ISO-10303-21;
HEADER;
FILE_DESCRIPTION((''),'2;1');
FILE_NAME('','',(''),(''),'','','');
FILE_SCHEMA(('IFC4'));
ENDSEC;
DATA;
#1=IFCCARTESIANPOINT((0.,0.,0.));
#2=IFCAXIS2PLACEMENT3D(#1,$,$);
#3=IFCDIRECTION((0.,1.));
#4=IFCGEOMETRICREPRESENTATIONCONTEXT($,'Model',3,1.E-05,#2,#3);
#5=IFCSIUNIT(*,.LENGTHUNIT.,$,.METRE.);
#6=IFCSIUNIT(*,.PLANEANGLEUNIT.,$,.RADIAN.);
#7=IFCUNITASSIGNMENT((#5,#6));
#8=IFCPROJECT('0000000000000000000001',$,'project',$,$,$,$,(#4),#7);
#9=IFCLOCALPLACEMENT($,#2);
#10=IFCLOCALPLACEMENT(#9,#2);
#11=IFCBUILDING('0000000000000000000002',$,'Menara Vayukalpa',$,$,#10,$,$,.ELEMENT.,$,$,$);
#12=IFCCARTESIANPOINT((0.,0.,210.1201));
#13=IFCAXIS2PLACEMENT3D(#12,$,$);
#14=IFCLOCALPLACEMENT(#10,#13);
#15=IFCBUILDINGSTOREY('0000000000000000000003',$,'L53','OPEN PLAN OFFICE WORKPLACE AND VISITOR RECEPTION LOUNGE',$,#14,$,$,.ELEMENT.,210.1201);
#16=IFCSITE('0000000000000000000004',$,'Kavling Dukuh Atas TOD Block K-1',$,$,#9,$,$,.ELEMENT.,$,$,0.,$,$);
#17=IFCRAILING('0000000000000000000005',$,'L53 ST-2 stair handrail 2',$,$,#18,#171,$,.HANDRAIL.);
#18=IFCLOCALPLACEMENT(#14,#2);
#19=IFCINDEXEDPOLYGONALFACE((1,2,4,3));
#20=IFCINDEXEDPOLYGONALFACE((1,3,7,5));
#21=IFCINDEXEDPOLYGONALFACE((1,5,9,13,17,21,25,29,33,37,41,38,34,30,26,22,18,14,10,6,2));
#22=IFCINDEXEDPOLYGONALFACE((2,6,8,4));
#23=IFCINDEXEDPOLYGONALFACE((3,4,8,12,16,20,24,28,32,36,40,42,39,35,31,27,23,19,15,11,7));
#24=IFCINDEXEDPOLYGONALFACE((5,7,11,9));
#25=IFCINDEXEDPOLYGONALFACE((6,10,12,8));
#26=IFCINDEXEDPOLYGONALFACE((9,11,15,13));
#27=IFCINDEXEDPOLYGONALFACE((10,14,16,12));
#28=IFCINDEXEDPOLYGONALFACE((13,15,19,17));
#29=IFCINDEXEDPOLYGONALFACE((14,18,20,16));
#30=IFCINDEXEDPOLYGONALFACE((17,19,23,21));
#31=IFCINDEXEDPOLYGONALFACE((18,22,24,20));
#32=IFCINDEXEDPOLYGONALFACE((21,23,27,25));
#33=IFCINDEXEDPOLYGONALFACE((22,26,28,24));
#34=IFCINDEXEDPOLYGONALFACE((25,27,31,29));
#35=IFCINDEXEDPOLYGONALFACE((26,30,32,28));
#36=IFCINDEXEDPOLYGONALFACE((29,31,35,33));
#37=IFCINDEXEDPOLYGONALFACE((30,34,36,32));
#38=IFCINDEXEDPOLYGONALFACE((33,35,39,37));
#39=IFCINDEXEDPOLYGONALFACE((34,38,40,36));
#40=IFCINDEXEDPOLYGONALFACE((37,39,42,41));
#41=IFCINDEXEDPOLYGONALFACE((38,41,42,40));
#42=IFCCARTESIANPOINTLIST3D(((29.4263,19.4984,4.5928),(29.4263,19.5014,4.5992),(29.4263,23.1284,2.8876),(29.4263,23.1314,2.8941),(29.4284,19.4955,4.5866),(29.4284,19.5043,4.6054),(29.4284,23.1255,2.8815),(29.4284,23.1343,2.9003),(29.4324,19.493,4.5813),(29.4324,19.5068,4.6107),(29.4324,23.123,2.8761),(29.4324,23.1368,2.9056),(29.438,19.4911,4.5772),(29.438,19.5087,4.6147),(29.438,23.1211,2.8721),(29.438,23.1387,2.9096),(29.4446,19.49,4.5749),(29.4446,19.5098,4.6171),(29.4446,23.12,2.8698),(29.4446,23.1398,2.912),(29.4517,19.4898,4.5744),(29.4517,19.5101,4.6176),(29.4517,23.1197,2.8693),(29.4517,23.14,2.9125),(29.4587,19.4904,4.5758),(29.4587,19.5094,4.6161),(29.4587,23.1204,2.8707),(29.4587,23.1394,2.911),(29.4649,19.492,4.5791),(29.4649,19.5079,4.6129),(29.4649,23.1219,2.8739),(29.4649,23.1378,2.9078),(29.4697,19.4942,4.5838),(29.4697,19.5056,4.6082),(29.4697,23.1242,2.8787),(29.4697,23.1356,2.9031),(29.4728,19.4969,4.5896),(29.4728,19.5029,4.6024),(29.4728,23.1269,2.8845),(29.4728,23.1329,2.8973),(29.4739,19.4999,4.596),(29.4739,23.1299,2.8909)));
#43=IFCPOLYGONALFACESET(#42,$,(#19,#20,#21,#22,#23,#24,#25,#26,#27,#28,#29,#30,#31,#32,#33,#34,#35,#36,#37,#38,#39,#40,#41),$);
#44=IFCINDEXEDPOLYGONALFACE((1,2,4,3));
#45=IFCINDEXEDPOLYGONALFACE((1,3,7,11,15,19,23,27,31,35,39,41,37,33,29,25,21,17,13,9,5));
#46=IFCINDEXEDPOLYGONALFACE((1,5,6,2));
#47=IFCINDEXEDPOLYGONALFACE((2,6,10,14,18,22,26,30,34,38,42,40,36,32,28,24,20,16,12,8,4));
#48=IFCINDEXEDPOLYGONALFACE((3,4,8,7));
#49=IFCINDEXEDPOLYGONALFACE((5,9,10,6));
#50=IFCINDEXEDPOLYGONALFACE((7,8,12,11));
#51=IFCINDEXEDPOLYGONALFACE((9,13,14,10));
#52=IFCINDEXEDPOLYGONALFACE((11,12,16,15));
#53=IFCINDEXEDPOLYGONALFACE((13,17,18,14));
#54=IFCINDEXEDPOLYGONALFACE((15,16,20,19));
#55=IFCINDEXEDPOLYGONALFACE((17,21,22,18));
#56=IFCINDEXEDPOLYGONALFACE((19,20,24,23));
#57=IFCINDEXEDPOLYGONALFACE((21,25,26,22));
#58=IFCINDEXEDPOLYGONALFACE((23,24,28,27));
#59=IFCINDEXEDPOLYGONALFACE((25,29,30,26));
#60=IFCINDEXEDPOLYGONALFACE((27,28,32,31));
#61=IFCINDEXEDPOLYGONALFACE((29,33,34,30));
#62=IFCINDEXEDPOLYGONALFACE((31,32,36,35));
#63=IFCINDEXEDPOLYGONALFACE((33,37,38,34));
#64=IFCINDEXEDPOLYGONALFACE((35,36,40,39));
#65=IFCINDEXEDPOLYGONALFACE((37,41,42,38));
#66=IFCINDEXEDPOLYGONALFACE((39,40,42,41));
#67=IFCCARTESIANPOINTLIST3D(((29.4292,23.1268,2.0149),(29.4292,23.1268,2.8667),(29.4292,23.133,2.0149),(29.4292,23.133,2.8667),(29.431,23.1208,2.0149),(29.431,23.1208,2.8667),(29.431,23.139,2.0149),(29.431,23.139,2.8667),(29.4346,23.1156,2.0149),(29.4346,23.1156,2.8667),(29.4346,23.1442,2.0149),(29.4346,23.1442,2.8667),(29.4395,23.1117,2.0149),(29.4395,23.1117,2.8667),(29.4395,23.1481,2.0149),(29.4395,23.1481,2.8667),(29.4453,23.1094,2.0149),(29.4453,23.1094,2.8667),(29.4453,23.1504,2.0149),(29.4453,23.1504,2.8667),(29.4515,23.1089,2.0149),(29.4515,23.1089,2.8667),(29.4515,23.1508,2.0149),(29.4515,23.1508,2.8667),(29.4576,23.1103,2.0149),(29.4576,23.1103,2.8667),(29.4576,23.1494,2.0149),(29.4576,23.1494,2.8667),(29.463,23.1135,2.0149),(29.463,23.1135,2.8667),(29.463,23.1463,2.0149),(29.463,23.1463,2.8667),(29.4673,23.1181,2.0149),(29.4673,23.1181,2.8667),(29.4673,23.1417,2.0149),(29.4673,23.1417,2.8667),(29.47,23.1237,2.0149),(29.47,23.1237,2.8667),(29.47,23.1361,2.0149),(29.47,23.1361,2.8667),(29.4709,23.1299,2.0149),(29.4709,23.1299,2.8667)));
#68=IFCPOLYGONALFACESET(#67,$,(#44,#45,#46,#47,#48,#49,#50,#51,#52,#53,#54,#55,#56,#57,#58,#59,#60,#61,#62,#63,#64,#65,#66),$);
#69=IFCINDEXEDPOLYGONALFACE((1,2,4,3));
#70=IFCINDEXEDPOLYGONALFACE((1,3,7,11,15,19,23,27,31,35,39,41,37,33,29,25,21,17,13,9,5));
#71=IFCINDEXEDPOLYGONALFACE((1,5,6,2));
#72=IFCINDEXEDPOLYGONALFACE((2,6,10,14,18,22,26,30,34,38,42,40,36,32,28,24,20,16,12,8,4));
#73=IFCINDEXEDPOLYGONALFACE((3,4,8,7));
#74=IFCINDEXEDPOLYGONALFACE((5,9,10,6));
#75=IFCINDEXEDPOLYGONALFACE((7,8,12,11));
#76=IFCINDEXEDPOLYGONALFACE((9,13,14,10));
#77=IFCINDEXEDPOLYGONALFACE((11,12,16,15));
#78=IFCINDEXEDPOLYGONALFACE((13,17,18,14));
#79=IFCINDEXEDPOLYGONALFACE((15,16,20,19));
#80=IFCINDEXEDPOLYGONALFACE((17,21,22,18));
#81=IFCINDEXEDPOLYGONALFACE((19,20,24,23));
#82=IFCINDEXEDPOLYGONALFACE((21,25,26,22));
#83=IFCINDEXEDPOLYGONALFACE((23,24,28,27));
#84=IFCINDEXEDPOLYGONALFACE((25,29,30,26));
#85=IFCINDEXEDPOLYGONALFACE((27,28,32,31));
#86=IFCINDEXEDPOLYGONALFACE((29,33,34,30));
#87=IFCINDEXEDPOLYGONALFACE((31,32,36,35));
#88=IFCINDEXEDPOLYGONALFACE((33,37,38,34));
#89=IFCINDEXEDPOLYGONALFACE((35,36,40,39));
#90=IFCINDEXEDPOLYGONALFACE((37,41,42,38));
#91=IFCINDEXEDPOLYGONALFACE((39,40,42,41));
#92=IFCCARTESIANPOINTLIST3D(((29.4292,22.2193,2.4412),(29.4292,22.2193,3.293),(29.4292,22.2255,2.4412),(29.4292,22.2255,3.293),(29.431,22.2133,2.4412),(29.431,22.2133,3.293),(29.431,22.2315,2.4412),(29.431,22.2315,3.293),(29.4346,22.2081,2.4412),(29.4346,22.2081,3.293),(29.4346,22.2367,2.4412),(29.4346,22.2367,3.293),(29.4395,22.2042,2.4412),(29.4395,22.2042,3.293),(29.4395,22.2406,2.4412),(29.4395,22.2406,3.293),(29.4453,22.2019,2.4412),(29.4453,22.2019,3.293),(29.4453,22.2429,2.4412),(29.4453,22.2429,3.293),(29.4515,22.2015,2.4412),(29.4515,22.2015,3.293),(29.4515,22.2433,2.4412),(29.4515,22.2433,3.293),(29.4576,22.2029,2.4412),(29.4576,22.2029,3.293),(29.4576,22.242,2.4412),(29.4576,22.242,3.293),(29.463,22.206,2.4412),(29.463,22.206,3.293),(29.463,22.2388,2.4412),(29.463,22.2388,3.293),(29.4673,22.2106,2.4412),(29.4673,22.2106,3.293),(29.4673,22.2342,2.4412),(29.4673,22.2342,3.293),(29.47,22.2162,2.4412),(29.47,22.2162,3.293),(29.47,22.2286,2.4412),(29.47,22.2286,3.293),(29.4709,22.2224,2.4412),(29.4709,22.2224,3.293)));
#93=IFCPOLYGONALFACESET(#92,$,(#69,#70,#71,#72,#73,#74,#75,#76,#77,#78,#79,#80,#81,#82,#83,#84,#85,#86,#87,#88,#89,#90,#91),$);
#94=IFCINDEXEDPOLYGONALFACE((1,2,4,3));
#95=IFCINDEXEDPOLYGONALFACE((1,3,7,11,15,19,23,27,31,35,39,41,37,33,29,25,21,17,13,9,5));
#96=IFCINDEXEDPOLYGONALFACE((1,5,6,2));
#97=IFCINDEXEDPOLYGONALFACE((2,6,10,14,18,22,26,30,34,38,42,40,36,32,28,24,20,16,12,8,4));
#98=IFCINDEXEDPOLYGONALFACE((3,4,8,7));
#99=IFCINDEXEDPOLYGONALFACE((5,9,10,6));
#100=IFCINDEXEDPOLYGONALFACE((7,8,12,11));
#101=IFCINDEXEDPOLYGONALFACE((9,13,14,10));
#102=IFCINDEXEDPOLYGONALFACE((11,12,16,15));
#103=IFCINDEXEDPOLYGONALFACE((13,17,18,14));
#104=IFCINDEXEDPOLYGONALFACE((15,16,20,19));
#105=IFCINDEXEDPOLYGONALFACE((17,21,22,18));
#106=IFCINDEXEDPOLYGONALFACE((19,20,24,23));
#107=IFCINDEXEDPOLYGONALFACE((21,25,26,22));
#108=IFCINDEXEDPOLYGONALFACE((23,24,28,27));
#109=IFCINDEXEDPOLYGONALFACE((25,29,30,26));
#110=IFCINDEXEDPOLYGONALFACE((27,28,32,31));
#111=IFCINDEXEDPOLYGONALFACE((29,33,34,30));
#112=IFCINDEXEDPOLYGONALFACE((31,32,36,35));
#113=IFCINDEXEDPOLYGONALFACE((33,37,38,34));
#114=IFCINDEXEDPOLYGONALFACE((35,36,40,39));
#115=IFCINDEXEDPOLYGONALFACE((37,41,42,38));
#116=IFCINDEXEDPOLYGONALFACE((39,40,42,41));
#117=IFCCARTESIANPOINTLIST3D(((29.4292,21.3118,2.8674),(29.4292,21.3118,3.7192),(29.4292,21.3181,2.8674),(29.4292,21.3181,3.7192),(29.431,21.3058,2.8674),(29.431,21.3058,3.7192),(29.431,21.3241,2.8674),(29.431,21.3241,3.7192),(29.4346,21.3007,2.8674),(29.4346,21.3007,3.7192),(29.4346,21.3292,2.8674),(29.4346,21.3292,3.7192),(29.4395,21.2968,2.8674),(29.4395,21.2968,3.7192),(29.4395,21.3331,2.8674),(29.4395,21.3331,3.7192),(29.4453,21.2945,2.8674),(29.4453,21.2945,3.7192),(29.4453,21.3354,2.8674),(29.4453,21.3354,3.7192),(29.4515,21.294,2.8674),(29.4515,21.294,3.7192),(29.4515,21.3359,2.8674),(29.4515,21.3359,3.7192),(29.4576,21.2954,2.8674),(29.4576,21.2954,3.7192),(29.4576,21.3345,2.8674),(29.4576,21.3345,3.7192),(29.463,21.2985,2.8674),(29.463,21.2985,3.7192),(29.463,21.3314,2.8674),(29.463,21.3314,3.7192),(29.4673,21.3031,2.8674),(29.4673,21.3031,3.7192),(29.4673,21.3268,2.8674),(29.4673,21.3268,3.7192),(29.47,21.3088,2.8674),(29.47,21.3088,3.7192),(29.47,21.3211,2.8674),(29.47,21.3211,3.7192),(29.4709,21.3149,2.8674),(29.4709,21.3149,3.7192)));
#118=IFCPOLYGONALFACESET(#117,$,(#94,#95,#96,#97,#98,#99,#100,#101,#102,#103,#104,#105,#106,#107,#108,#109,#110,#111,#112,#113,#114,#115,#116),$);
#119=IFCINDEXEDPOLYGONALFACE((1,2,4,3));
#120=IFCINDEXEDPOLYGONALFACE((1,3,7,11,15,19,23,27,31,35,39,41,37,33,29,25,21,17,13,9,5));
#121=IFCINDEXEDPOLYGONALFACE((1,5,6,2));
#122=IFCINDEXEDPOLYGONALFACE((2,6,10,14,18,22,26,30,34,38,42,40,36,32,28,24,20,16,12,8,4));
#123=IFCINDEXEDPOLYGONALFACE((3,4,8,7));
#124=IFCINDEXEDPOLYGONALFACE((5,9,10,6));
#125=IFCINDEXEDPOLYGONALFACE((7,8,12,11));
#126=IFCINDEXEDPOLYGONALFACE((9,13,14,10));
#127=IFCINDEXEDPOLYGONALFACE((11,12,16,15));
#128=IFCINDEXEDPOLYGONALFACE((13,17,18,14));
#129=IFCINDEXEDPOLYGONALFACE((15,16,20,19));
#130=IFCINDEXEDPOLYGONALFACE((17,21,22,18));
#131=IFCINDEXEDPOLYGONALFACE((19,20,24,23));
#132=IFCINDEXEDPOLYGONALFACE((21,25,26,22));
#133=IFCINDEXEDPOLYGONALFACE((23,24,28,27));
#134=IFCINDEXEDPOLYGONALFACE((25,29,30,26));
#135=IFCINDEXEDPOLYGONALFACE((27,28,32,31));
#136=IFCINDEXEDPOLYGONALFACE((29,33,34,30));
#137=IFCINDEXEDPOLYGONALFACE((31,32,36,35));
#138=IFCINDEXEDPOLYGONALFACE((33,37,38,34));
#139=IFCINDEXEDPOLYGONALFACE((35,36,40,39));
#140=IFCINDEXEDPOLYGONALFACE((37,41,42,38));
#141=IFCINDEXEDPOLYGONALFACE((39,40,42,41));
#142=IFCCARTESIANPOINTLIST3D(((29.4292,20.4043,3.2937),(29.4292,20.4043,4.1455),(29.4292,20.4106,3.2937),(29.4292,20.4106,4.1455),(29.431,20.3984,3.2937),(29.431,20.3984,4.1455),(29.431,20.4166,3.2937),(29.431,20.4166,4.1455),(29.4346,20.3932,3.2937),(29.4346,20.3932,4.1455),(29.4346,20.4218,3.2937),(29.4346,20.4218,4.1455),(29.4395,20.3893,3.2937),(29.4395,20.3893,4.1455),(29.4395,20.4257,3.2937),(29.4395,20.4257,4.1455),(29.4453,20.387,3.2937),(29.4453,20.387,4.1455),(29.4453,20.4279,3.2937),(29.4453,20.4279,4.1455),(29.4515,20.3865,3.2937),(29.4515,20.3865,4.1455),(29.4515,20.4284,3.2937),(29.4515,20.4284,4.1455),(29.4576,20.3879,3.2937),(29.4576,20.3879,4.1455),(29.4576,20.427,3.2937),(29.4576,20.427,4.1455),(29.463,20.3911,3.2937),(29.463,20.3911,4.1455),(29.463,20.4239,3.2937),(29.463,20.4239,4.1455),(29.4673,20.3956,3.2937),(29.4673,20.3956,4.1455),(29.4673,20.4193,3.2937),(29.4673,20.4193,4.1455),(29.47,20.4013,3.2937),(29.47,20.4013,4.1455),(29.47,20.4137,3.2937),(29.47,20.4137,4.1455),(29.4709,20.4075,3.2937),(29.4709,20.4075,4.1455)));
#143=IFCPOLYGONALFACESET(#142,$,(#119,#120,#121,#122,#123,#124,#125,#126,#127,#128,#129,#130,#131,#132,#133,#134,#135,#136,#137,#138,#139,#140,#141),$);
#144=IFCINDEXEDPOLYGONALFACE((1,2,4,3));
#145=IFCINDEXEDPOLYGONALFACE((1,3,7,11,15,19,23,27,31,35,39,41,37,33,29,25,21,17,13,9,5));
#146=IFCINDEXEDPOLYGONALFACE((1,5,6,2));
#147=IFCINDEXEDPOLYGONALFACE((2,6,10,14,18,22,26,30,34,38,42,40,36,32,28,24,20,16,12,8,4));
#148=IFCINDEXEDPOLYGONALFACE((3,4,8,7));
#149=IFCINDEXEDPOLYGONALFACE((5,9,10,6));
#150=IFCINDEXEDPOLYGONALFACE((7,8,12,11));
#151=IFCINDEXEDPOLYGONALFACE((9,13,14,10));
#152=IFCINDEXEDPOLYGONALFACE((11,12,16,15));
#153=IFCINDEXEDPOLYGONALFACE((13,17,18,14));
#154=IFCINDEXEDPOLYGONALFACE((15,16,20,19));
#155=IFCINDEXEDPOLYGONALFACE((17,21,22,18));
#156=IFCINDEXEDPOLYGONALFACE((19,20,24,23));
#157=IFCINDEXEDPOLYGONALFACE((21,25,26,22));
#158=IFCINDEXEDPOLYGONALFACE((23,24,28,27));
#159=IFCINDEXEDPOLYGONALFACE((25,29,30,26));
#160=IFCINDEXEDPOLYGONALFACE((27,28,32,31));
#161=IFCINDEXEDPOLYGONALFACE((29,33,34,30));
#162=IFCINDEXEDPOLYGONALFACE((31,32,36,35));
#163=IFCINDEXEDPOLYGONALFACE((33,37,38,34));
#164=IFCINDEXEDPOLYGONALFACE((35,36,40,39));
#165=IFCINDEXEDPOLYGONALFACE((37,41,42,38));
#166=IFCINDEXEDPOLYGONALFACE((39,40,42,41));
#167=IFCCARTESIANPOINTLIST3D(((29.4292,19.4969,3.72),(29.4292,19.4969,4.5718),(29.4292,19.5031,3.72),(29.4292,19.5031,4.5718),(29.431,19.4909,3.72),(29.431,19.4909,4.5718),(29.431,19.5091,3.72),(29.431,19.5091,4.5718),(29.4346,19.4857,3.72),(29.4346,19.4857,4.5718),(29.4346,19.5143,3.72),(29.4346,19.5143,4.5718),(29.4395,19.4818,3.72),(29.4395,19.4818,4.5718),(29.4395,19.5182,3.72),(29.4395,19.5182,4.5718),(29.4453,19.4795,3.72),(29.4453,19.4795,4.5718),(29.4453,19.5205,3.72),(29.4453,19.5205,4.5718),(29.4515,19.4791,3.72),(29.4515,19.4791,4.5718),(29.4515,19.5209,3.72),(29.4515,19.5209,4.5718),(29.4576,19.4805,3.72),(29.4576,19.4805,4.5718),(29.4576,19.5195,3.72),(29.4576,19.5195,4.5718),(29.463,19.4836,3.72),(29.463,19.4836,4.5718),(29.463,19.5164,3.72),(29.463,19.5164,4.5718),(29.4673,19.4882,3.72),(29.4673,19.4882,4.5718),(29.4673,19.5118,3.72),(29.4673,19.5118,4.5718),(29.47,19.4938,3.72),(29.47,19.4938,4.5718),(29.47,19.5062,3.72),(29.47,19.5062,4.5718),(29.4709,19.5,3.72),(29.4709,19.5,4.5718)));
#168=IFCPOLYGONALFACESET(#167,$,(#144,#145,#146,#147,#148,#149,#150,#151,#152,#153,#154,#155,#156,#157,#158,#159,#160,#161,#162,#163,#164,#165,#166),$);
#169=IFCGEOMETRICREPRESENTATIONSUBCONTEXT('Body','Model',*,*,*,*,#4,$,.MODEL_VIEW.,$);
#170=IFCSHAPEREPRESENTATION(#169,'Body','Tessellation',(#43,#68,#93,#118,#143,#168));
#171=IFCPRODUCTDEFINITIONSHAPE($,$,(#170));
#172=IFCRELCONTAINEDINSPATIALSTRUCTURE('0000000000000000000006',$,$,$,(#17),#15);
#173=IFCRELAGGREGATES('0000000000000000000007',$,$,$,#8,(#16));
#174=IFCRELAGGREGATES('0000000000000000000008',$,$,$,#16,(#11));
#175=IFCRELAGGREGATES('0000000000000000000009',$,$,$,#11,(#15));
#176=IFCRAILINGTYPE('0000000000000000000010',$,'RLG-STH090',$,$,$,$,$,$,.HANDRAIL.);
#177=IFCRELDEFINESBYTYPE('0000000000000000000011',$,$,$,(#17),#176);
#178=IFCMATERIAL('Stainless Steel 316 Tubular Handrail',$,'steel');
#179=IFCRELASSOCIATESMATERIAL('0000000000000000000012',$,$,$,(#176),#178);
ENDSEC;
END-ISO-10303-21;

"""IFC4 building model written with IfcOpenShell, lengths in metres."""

from ifc_helpers import new_model, si_unit, direction, frame, origin, origin_2d, place, context, subcontext, project, spatial, circle, extrude, material, type_object, element, save


model = new_model("IFC4")

# Units and contexts
model_context = context("Model", 3, precision=1e-05, world=origin(), true_north=direction((0.0, 1.0)))
body_context = subcontext(model_context, "Body", "Model", "MODEL_VIEW")
ifc_project = project(units=[si_unit("LENGTHUNIT", "METRE"), si_unit("PLANEANGLEUNIT", "RADIAN")], contexts=[model_context])

# Site, building, storey
site_placement = place(None, origin())
site = spatial("IfcSite", under=ifc_project, at=site_placement, Name="Kavling Dukuh Atas TOD Block K-1", CompositionType="ELEMENT", RefElevation=0.0)
building_placement = place(site_placement, origin())
building = spatial("IfcBuilding", under=site, at=building_placement, Name="Menara Vayukalpa", CompositionType="ELEMENT")
storey_placement = place(building_placement, frame((0.0, 0.0, 210.1201)))
storey = spatial("IfcBuildingStorey", under=building, at=storey_placement, Name="L53", Description="OPEN PLAN OFFICE WORKPLACE AND VISITOR RECEPTION LOUNGE", CompositionType="ELEMENT", Elevation=210.1201)

# Railing
ifc_material_1 = material(Name="Stainless Steel 316 Tubular Handrail", Category="steel")
railing_type_1 = type_object("IfcRailingType", Name="RLG-STH090", PredefinedType="HANDRAIL", material=ifc_material_1)
railing_1_placement = place(storey_placement, frame((29.45, 23.1299, 2.0149)))
element("IfcRailing", 1, at=railing_1_placement, inside=storey, type_object=railing_type_1, Name="L53 ST-2 stair handrail 2", PredefinedType="HANDRAIL", context=body_context, shape_type="SweptSolid", body=[
    extrude(circle(Radius=0.0239, at=origin_2d()), frame((0.0, 0.0, 0.876), z_axis=(0.0, -0.905116, 0.425164), x_axis=(1.0, 0.0, 0.0)), (0.0, 0.0, 1.0), 4.0105),
    extrude(circle(Radius=0.021, at=origin_2d()), origin(), (0.0, 0.0, 1.0), 0.8518),
    extrude(circle(Radius=0.021, at=origin_2d()), frame((0.0, -0.9075, 0.4263)), (0.0, 0.0, 1.0), 0.8518),
    extrude(circle(Radius=0.021, at=origin_2d()), frame((0.0, -1.8149, 0.8525)), (0.0, 0.0, 1.0), 0.8518),
    extrude(circle(Radius=0.021, at=origin_2d()), frame((0.0, -2.7224, 1.2788)), (0.0, 0.0, 1.0), 0.8518),
    extrude(circle(Radius=0.021, at=origin_2d()), frame((0.0, -3.6299, 1.7051)), (0.0, 0.0, 1.0), 0.8518),
])

save(model, "model.ifc")
